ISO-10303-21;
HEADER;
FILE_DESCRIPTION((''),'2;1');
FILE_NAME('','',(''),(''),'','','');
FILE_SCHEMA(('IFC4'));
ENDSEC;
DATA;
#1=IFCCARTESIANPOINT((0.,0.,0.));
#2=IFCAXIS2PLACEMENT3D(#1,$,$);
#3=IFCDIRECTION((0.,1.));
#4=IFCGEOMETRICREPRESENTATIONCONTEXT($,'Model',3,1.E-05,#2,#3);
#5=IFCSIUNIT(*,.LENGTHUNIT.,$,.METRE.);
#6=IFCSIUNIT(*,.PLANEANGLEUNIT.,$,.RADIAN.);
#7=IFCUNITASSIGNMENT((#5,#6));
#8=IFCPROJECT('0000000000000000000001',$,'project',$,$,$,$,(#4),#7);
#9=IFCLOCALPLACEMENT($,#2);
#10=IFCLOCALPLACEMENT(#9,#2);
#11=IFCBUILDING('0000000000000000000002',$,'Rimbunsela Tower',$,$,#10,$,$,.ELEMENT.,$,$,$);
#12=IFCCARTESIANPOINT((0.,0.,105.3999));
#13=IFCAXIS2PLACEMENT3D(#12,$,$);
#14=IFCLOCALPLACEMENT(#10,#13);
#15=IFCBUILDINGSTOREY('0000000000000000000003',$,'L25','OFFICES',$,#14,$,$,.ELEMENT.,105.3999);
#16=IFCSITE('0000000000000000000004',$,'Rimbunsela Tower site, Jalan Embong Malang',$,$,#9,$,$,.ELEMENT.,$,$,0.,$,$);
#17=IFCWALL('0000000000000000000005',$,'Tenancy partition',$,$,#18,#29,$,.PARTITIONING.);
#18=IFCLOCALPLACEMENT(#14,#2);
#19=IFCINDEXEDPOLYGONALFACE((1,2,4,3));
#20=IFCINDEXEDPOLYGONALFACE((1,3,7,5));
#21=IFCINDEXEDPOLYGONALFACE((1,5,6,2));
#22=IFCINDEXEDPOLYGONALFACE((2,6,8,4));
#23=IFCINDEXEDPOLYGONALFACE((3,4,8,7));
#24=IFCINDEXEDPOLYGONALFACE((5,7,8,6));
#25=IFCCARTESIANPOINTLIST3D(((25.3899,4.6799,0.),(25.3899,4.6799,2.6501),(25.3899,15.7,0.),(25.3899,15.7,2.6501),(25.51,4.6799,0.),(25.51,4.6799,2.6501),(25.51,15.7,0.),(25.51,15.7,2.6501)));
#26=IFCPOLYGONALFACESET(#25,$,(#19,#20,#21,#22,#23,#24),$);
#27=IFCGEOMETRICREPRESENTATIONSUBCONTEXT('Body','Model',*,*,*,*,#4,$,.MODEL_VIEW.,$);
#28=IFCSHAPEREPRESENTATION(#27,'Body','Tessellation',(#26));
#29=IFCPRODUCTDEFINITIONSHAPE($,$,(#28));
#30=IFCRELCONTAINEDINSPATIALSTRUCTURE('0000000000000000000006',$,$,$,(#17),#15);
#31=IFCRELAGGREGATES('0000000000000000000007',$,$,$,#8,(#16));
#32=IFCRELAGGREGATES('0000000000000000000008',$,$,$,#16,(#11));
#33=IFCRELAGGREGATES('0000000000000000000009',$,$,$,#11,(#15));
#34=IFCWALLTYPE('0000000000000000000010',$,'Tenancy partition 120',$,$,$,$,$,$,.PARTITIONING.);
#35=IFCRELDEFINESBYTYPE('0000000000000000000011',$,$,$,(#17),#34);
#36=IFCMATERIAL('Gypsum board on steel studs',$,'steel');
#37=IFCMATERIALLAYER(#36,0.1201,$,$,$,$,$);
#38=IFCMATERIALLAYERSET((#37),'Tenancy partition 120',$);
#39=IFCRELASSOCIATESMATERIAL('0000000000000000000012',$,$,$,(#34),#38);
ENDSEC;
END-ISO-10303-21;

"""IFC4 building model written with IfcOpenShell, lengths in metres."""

from ifc_helpers import new_model, si_unit, direction, frame, frame_2d, origin, place, context, subcontext, project, spatial, rectangle, extrude, material, layer, layer_set, type_object, element, save


model = new_model("IFC4")

# Units and contexts
model_context = context("Model", 3, precision=1e-05, world=origin(), true_north=direction((0.0, 1.0)))
body_context = subcontext(model_context, "Body", "Model", "MODEL_VIEW")
ifc_project = project(units=[si_unit("LENGTHUNIT", "METRE"), si_unit("PLANEANGLEUNIT", "RADIAN")], contexts=[model_context])

# Site, building, storey
site_placement = place(None, origin())
site = spatial("IfcSite", under=ifc_project, at=site_placement, Name="Rimbunsela Tower site, Jalan Embong Malang", CompositionType="ELEMENT", RefElevation=0.0)
building_placement = place(site_placement, origin())
building = spatial("IfcBuilding", under=site, at=building_placement, Name="Rimbunsela Tower", CompositionType="ELEMENT")
storey_placement = place(building_placement, frame((0.0, 0.0, 105.3999)))
storey = spatial("IfcBuildingStorey", under=building, at=storey_placement, Name="L25", Description="OFFICES", CompositionType="ELEMENT", Elevation=105.3999)

# Wall
ifc_material_1 = material(Name="Gypsum board on steel studs", Category="steel")
ifc_layer_1 = layer(ifc_material_1, 0.1201)
ifc_layer_set_1 = layer_set([ifc_layer_1], Name="Tenancy partition 120")
wall_type_1 = type_object("IfcWallType", Name="Tenancy partition 120", PredefinedType="PARTITIONING", material=ifc_layer_set_1)
wall_1_placement = place(storey_placement, frame((25.45, 4.6799, 0.0), z_axis=(0.0, 0.0, 1.0), x_axis=(0.0, 1.0, 0.0)))
element("IfcWall", 1, at=wall_1_placement, inside=storey, type_object=wall_type_1, Name="Tenancy partition", PredefinedType="PARTITIONING", context=body_context, shape_type="SweptSolid", body=[
    extrude(rectangle(XDim=11.02, YDim=0.1201, at=frame_2d((5.51, 0.0))), origin(), (0.0, 0.0, 1.0), 2.6501),
])

save(model, "model.ifc")
